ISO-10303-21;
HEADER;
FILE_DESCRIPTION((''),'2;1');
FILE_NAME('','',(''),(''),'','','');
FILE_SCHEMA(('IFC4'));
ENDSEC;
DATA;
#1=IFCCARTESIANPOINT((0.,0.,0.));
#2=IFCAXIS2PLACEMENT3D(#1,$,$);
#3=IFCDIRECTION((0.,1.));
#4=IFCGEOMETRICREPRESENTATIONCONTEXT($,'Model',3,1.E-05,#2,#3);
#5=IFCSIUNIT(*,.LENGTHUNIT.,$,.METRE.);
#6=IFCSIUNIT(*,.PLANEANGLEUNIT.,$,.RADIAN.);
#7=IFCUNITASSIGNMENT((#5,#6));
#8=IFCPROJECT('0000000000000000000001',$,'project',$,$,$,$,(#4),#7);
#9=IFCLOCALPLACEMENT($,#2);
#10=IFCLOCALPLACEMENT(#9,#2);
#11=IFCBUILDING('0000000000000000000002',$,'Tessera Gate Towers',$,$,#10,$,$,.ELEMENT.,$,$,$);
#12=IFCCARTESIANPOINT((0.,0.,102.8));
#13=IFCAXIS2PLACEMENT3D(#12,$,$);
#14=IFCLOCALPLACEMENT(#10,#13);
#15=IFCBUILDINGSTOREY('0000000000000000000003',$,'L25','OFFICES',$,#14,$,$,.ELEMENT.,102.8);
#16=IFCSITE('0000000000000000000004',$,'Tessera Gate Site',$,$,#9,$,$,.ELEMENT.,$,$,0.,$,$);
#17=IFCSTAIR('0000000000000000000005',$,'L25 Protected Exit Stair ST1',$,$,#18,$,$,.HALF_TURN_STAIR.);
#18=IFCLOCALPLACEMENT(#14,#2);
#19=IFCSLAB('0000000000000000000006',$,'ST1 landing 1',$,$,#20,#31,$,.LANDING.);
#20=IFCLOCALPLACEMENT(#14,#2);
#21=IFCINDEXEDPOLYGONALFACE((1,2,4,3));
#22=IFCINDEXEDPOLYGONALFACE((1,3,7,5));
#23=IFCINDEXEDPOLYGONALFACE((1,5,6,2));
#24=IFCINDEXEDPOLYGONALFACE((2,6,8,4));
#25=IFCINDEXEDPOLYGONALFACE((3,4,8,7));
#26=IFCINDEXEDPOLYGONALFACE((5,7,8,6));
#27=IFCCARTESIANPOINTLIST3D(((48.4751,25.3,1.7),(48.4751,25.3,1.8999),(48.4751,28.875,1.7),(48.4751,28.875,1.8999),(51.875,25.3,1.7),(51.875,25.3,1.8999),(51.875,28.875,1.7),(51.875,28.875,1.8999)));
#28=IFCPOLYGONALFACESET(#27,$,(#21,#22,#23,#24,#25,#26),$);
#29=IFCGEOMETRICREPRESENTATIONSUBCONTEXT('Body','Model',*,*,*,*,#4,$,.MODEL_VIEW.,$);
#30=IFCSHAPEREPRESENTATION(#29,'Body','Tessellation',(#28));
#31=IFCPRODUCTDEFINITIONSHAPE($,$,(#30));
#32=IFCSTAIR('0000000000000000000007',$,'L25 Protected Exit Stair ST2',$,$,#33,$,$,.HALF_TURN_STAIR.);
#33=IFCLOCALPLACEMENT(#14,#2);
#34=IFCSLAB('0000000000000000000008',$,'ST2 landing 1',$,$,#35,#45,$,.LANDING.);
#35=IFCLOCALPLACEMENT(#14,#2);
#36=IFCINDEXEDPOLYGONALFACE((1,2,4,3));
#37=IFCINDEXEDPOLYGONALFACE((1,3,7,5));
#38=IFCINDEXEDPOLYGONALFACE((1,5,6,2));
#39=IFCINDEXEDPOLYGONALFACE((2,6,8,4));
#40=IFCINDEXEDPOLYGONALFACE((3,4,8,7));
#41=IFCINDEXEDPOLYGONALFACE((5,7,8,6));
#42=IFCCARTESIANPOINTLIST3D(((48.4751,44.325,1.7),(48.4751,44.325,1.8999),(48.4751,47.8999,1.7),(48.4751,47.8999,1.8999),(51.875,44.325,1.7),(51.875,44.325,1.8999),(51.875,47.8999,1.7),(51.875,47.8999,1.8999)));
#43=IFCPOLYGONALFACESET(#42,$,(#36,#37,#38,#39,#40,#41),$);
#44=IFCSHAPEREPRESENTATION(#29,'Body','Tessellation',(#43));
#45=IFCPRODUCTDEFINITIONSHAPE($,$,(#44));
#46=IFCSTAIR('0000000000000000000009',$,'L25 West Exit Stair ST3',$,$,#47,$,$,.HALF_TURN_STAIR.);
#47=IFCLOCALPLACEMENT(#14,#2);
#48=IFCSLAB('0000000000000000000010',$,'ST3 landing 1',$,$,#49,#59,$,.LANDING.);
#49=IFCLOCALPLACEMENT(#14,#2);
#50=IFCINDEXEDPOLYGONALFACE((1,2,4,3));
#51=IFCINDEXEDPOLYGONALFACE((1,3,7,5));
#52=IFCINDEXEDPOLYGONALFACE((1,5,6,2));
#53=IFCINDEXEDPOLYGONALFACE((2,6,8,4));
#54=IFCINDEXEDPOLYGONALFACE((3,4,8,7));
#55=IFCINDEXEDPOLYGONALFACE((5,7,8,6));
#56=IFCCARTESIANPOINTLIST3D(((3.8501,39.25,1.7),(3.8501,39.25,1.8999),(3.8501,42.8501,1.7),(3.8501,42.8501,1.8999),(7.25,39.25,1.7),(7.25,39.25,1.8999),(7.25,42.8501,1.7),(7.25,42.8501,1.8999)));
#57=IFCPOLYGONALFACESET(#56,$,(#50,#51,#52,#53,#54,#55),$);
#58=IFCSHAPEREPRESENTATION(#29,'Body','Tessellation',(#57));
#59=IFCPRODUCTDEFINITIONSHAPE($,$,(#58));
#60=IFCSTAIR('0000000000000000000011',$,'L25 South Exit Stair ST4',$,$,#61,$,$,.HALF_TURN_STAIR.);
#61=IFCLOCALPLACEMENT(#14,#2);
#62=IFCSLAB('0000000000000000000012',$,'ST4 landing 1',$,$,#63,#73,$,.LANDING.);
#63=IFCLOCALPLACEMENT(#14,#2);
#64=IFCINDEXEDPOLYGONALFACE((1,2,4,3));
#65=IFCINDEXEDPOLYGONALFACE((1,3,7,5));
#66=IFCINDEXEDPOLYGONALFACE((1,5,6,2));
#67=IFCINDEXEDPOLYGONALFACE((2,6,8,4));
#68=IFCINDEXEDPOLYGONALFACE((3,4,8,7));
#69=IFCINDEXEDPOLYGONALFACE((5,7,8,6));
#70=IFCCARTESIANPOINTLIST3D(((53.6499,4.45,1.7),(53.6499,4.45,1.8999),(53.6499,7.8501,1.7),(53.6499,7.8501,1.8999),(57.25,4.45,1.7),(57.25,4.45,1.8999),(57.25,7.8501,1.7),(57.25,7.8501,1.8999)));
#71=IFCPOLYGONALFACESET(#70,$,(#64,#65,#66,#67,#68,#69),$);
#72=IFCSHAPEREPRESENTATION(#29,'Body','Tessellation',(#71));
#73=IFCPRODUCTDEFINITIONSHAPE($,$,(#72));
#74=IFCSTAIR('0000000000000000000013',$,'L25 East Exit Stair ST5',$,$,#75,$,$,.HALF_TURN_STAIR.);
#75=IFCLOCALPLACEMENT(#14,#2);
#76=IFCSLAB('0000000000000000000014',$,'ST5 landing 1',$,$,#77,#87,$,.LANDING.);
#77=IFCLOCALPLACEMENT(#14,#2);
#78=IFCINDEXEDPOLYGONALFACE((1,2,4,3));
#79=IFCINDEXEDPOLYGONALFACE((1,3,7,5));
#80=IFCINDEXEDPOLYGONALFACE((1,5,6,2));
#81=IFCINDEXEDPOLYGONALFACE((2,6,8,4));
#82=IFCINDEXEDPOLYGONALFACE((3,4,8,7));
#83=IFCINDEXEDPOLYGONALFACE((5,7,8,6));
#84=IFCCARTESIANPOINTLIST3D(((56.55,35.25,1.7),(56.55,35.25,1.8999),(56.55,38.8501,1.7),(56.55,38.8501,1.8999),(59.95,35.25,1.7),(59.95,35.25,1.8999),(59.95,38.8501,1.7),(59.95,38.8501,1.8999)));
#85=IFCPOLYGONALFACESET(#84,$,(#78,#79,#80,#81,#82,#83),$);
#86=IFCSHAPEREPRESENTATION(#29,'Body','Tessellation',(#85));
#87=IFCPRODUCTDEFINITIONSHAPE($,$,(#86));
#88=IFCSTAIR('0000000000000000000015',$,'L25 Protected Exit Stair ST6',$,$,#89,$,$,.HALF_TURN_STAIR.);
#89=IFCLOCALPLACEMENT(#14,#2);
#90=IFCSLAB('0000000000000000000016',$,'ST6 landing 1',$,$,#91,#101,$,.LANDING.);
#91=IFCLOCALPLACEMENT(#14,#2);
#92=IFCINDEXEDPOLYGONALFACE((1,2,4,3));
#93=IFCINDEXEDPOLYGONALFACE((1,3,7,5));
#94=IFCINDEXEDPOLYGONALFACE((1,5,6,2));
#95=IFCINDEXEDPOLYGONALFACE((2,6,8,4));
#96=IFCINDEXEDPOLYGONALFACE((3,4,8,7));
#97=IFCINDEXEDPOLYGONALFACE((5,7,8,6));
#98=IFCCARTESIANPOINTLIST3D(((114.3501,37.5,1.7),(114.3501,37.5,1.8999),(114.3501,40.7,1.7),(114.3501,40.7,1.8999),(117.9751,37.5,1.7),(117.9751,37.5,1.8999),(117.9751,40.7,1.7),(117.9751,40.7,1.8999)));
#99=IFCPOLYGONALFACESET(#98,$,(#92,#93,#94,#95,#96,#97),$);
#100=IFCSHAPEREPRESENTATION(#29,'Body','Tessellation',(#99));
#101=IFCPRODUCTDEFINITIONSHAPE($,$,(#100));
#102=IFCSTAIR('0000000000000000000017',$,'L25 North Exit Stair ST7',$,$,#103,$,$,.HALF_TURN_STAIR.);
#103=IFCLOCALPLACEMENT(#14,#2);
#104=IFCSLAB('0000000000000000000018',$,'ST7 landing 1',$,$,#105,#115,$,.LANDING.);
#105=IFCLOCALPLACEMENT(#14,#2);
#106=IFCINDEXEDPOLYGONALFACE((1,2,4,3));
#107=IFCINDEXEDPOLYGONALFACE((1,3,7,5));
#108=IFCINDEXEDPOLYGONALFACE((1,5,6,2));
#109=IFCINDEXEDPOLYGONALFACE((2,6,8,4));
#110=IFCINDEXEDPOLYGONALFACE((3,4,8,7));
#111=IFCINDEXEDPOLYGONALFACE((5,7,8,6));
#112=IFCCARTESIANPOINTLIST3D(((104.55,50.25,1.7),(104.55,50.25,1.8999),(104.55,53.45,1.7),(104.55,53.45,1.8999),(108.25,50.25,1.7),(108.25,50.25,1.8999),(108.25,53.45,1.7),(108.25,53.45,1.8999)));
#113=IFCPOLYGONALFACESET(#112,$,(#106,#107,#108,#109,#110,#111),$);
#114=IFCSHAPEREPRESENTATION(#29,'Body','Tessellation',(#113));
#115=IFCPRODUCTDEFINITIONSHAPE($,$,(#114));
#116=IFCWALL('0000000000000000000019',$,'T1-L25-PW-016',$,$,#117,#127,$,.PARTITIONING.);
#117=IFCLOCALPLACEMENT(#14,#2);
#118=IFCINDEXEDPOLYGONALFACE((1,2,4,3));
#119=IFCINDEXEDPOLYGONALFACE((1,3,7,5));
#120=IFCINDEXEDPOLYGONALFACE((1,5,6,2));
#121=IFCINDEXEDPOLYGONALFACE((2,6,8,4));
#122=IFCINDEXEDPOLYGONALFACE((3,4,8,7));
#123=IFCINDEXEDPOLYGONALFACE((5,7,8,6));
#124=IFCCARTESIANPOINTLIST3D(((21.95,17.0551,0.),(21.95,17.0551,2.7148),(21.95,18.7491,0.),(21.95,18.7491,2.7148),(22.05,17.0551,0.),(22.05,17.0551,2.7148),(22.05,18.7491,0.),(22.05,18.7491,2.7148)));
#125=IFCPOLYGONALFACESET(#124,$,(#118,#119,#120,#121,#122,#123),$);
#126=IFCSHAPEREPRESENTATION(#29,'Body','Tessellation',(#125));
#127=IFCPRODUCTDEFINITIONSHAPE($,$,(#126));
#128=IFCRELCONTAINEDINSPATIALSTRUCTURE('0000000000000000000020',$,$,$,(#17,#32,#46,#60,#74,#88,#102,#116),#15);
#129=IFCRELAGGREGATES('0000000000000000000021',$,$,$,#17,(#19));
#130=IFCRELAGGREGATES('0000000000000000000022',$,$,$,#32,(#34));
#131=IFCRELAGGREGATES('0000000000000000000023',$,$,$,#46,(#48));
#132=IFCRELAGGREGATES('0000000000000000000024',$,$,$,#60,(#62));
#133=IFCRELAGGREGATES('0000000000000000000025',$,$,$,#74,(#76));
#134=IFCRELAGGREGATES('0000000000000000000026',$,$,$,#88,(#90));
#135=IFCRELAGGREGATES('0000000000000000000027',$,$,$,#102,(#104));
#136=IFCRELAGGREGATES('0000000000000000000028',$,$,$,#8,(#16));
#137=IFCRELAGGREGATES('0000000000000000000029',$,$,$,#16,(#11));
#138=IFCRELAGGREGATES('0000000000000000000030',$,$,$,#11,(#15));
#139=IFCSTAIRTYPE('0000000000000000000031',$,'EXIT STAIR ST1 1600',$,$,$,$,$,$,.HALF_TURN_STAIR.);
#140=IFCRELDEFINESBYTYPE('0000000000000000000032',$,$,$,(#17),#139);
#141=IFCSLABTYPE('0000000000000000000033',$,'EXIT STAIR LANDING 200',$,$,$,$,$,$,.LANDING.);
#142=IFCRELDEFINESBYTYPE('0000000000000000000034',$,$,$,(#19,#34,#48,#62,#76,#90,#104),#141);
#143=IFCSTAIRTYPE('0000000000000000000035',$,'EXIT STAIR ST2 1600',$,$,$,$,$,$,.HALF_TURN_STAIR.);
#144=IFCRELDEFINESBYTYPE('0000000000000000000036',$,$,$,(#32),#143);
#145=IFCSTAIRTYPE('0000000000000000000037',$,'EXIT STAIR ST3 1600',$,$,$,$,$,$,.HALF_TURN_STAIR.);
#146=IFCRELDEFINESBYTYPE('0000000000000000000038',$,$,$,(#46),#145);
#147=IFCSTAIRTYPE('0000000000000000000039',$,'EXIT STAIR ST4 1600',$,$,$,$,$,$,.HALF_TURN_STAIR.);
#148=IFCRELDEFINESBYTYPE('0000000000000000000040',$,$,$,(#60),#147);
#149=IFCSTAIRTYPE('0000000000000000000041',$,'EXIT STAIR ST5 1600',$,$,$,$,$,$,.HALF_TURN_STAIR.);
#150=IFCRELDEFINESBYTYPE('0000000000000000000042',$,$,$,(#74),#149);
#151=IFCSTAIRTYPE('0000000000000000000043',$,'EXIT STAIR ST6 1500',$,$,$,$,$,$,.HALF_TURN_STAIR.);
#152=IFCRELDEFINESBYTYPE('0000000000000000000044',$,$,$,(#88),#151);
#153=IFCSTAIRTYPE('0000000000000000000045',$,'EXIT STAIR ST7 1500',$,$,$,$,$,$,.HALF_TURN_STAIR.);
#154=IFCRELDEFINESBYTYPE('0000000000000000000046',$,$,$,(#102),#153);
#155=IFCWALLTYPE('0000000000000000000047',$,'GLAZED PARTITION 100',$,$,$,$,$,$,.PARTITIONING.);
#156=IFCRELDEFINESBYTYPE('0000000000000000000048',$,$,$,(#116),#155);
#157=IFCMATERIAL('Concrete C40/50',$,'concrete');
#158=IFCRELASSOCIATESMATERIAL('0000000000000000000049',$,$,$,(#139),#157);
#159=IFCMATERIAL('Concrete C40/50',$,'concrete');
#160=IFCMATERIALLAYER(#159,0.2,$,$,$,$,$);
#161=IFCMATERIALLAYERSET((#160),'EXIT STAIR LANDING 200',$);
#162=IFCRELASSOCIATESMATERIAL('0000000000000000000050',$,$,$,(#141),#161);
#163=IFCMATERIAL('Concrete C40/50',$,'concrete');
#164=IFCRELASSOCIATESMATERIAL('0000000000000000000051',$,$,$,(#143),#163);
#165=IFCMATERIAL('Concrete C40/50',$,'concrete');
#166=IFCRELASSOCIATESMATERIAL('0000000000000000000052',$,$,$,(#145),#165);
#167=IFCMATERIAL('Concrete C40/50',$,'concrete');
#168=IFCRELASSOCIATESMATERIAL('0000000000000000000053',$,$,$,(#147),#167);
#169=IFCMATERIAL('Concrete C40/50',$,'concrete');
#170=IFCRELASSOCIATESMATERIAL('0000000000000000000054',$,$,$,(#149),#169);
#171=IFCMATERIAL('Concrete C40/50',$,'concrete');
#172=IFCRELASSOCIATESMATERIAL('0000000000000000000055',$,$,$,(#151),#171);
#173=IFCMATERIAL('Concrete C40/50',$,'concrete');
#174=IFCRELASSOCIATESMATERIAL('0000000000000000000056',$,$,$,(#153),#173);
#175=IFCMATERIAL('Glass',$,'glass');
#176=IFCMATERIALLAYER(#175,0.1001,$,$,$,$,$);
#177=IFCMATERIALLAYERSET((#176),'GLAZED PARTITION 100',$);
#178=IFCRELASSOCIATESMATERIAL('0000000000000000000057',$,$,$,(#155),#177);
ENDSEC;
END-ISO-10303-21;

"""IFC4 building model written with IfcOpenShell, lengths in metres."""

from ifc_helpers import new_model, si_unit, direction, frame, frame_2d, origin, place, context, subcontext, project, spatial, polyline, rectangle, outline, extrude, material, layer, layer_set, type_object, element, aggregate, save


model = new_model("IFC4")

# Units and contexts
model_context = context("Model", 3, precision=1e-05, world=origin(), true_north=direction((0.0, 1.0)))
body_context = subcontext(model_context, "Body", "Model", "MODEL_VIEW")
ifc_project = project(units=[si_unit("LENGTHUNIT", "METRE"), si_unit("PLANEANGLEUNIT", "RADIAN")], contexts=[model_context])

# Site, building, storey
site_placement = place(None, origin())
site = spatial("IfcSite", under=ifc_project, at=site_placement, Name="Tessera Gate Site", CompositionType="ELEMENT", RefElevation=0.0)
building_placement = place(site_placement, origin())
building = spatial("IfcBuilding", under=site, at=building_placement, Name="Tessera Gate Towers", CompositionType="ELEMENT")
storey_placement = place(building_placement, frame((0.0, 0.0, 102.8)))
storey = spatial("IfcBuildingStorey", under=building, at=storey_placement, Name="L25", Description="OFFICES", CompositionType="ELEMENT", Elevation=102.8)

# Stairs, slabs
ifc_material_1 = material(Name="Concrete C40/50", Category="concrete")
stair_type_1 = type_object("IfcStairType", Name="EXIT STAIR ST1 1600", PredefinedType="HALF_TURN_STAIR", material=ifc_material_1)
stair_1_placement = place(storey_placement, origin())
stair_1 = element("IfcStair", 1, at=stair_1_placement, inside=storey, type_object=stair_type_1, Name="L25 Protected Exit Stair ST1", PredefinedType="HALF_TURN_STAIR")
ifc_material_2 = material(Name="Concrete C40/50", Category="concrete")
ifc_layer_1 = layer(ifc_material_2, 0.2)
ifc_layer_set_1 = layer_set([ifc_layer_1], Name="EXIT STAIR LANDING 200")
slab_type_1 = type_object("IfcSlabType", Name="EXIT STAIR LANDING 200", PredefinedType="LANDING", material=ifc_layer_set_1)
slab_1_placement = place(storey_placement, frame((0.0, 0.0, 1.7)))
slab_1 = element("IfcSlab", 2, at=slab_1_placement, type_object=slab_type_1, Name="ST1 landing 1", PredefinedType="LANDING", context=body_context, shape_type="SweptSolid", body=[
    extrude(outline(polyline([(48.4751, 28.875), (48.4751, 25.3), (51.875, 25.3), (51.875, 28.875), (48.4751, 28.875)])), origin(), (0.0, 0.0, 1.0), 0.2),
])
aggregate(stair_1, [slab_1])
ifc_material_3 = material(Name="Concrete C40/50", Category="concrete")
stair_type_2 = type_object("IfcStairType", Name="EXIT STAIR ST2 1600", PredefinedType="HALF_TURN_STAIR", material=ifc_material_3)
stair_2_placement = place(storey_placement, origin())
stair_2 = element("IfcStair", 3, at=stair_2_placement, inside=storey, type_object=stair_type_2, Name="L25 Protected Exit Stair ST2", PredefinedType="HALF_TURN_STAIR")
slab_2_placement = place(storey_placement, frame((0.0, 0.0, 1.7)))
slab_2 = element("IfcSlab", 4, at=slab_2_placement, type_object=slab_type_1, Name="ST2 landing 1", PredefinedType="LANDING", context=body_context, shape_type="SweptSolid", body=[
    extrude(outline(polyline([(51.875, 44.325), (51.875, 47.8999), (48.4751, 47.8999), (48.4751, 44.325), (51.875, 44.325)])), origin(), (0.0, 0.0, 1.0), 0.2),
])
aggregate(stair_2, [slab_2])
ifc_material_4 = material(Name="Concrete C40/50", Category="concrete")
stair_type_3 = type_object("IfcStairType", Name="EXIT STAIR ST3 1600", PredefinedType="HALF_TURN_STAIR", material=ifc_material_4)
stair_3_placement = place(storey_placement, origin())
stair_3 = element("IfcStair", 5, at=stair_3_placement, inside=storey, type_object=stair_type_3, Name="L25 West Exit Stair ST3", PredefinedType="HALF_TURN_STAIR")
slab_3_placement = place(storey_placement, frame((0.0, 0.0, 1.7)))
slab_3 = element("IfcSlab", 6, at=slab_3_placement, type_object=slab_type_1, Name="ST3 landing 1", PredefinedType="LANDING", context=body_context, shape_type="SweptSolid", body=[
    extrude(outline(polyline([(3.8501, 42.8501), (3.8501, 39.25), (7.25, 39.25), (7.25, 42.8501), (3.8501, 42.8501)])), origin(), (0.0, 0.0, 1.0), 0.2),
])
aggregate(stair_3, [slab_3])
ifc_material_5 = material(Name="Concrete C40/50", Category="concrete")
stair_type_4 = type_object("IfcStairType", Name="EXIT STAIR ST4 1600", PredefinedType="HALF_TURN_STAIR", material=ifc_material_5)
stair_4_placement = place(storey_placement, origin())
stair_4 = element("IfcStair", 7, at=stair_4_placement, inside=storey, type_object=stair_type_4, Name="L25 South Exit Stair ST4", PredefinedType="HALF_TURN_STAIR")
slab_4_placement = place(storey_placement, frame((0.0, 0.0, 1.7)))
slab_4 = element("IfcSlab", 8, at=slab_4_placement, type_object=slab_type_1, Name="ST4 landing 1", PredefinedType="LANDING", context=body_context, shape_type="SweptSolid", body=[
    extrude(outline(polyline([(53.6499, 4.45), (57.25, 4.45), (57.25, 7.8501), (53.6499, 7.8501), (53.6499, 4.45)])), origin(), (0.0, 0.0, 1.0), 0.2),
])
aggregate(stair_4, [slab_4])
ifc_material_6 = material(Name="Concrete C40/50", Category="concrete")
stair_type_5 = type_object("IfcStairType", Name="EXIT STAIR ST5 1600", PredefinedType="HALF_TURN_STAIR", material=ifc_material_6)
stair_5_placement = place(storey_placement, origin())
stair_5 = element("IfcStair", 9, at=stair_5_placement, inside=storey, type_object=stair_type_5, Name="L25 East Exit Stair ST5", PredefinedType="HALF_TURN_STAIR")
slab_5_placement = place(storey_placement, frame((0.0, 0.0, 1.7)))
slab_5 = element("IfcSlab", 10, at=slab_5_placement, type_object=slab_type_1, Name="ST5 landing 1", PredefinedType="LANDING", context=body_context, shape_type="SweptSolid", body=[
    extrude(outline(polyline([(59.95, 35.25), (59.95, 38.8501), (56.55, 38.8501), (56.55, 35.25), (59.95, 35.25)])), origin(), (0.0, 0.0, 1.0), 0.2),
])
aggregate(stair_5, [slab_5])
ifc_material_7 = material(Name="Concrete C40/50", Category="concrete")
stair_type_6 = type_object("IfcStairType", Name="EXIT STAIR ST6 1500", PredefinedType="HALF_TURN_STAIR", material=ifc_material_7)
stair_6_placement = place(storey_placement, origin())
stair_6 = element("IfcStair", 11, at=stair_6_placement, inside=storey, type_object=stair_type_6, Name="L25 Protected Exit Stair ST6", PredefinedType="HALF_TURN_STAIR")
slab_6_placement = place(storey_placement, frame((0.0, 0.0, 1.7)))
slab_6 = element("IfcSlab", 12, at=slab_6_placement, type_object=slab_type_1, Name="ST6 landing 1", PredefinedType="LANDING", context=body_context, shape_type="SweptSolid", body=[
    extrude(outline(polyline([(114.3501, 37.5), (117.9751, 37.5), (117.9751, 40.7), (114.3501, 40.7), (114.3501, 37.5)])), origin(), (0.0, 0.0, 1.0), 0.2),
])
aggregate(stair_6, [slab_6])
ifc_material_8 = material(Name="Concrete C40/50", Category="concrete")
stair_type_7 = type_object("IfcStairType", Name="EXIT STAIR ST7 1500", PredefinedType="HALF_TURN_STAIR", material=ifc_material_8)
stair_7_placement = place(storey_placement, origin())
stair_7 = element("IfcStair", 13, at=stair_7_placement, inside=storey, type_object=stair_type_7, Name="L25 North Exit Stair ST7", PredefinedType="HALF_TURN_STAIR")
slab_7_placement = place(storey_placement, frame((0.0, 0.0, 1.7)))
slab_7 = element("IfcSlab", 14, at=slab_7_placement, type_object=slab_type_1, Name="ST7 landing 1", PredefinedType="LANDING", context=body_context, shape_type="SweptSolid", body=[
    extrude(outline(polyline([(104.55, 50.25), (108.25, 50.25), (108.25, 53.45), (104.55, 53.45), (104.55, 50.25)])), origin(), (0.0, 0.0, 1.0), 0.2),
])
aggregate(stair_7, [slab_7])

# Wall
ifc_material_9 = material(Name="Glass", Category="glass")
ifc_layer_2 = layer(ifc_material_9, 0.1001)
ifc_layer_set_2 = layer_set([ifc_layer_2], Name="GLAZED PARTITION 100")
wall_type = type_object("IfcWallType", Name="GLAZED PARTITION 100", PredefinedType="PARTITIONING", material=ifc_layer_set_2)
wall_placement = place(storey_placement, frame((22.0, 17.0549, 0.0), z_axis=(0.0, 0.0, 1.0), x_axis=(0.0, 1.0, 0.0)))
element("IfcWall", 15, at=wall_placement, inside=storey, type_object=wall_type, Name="T1-L25-PW-016", PredefinedType="PARTITIONING", context=body_context, shape_type="SweptSolid", body=[
    extrude(rectangle(XDim=1.6941, YDim=0.1001, at=frame_2d((0.8472, 0.0))), origin(), (0.0, 0.0, 1.0), 2.7148),
])

save(model, "model.ifc")
